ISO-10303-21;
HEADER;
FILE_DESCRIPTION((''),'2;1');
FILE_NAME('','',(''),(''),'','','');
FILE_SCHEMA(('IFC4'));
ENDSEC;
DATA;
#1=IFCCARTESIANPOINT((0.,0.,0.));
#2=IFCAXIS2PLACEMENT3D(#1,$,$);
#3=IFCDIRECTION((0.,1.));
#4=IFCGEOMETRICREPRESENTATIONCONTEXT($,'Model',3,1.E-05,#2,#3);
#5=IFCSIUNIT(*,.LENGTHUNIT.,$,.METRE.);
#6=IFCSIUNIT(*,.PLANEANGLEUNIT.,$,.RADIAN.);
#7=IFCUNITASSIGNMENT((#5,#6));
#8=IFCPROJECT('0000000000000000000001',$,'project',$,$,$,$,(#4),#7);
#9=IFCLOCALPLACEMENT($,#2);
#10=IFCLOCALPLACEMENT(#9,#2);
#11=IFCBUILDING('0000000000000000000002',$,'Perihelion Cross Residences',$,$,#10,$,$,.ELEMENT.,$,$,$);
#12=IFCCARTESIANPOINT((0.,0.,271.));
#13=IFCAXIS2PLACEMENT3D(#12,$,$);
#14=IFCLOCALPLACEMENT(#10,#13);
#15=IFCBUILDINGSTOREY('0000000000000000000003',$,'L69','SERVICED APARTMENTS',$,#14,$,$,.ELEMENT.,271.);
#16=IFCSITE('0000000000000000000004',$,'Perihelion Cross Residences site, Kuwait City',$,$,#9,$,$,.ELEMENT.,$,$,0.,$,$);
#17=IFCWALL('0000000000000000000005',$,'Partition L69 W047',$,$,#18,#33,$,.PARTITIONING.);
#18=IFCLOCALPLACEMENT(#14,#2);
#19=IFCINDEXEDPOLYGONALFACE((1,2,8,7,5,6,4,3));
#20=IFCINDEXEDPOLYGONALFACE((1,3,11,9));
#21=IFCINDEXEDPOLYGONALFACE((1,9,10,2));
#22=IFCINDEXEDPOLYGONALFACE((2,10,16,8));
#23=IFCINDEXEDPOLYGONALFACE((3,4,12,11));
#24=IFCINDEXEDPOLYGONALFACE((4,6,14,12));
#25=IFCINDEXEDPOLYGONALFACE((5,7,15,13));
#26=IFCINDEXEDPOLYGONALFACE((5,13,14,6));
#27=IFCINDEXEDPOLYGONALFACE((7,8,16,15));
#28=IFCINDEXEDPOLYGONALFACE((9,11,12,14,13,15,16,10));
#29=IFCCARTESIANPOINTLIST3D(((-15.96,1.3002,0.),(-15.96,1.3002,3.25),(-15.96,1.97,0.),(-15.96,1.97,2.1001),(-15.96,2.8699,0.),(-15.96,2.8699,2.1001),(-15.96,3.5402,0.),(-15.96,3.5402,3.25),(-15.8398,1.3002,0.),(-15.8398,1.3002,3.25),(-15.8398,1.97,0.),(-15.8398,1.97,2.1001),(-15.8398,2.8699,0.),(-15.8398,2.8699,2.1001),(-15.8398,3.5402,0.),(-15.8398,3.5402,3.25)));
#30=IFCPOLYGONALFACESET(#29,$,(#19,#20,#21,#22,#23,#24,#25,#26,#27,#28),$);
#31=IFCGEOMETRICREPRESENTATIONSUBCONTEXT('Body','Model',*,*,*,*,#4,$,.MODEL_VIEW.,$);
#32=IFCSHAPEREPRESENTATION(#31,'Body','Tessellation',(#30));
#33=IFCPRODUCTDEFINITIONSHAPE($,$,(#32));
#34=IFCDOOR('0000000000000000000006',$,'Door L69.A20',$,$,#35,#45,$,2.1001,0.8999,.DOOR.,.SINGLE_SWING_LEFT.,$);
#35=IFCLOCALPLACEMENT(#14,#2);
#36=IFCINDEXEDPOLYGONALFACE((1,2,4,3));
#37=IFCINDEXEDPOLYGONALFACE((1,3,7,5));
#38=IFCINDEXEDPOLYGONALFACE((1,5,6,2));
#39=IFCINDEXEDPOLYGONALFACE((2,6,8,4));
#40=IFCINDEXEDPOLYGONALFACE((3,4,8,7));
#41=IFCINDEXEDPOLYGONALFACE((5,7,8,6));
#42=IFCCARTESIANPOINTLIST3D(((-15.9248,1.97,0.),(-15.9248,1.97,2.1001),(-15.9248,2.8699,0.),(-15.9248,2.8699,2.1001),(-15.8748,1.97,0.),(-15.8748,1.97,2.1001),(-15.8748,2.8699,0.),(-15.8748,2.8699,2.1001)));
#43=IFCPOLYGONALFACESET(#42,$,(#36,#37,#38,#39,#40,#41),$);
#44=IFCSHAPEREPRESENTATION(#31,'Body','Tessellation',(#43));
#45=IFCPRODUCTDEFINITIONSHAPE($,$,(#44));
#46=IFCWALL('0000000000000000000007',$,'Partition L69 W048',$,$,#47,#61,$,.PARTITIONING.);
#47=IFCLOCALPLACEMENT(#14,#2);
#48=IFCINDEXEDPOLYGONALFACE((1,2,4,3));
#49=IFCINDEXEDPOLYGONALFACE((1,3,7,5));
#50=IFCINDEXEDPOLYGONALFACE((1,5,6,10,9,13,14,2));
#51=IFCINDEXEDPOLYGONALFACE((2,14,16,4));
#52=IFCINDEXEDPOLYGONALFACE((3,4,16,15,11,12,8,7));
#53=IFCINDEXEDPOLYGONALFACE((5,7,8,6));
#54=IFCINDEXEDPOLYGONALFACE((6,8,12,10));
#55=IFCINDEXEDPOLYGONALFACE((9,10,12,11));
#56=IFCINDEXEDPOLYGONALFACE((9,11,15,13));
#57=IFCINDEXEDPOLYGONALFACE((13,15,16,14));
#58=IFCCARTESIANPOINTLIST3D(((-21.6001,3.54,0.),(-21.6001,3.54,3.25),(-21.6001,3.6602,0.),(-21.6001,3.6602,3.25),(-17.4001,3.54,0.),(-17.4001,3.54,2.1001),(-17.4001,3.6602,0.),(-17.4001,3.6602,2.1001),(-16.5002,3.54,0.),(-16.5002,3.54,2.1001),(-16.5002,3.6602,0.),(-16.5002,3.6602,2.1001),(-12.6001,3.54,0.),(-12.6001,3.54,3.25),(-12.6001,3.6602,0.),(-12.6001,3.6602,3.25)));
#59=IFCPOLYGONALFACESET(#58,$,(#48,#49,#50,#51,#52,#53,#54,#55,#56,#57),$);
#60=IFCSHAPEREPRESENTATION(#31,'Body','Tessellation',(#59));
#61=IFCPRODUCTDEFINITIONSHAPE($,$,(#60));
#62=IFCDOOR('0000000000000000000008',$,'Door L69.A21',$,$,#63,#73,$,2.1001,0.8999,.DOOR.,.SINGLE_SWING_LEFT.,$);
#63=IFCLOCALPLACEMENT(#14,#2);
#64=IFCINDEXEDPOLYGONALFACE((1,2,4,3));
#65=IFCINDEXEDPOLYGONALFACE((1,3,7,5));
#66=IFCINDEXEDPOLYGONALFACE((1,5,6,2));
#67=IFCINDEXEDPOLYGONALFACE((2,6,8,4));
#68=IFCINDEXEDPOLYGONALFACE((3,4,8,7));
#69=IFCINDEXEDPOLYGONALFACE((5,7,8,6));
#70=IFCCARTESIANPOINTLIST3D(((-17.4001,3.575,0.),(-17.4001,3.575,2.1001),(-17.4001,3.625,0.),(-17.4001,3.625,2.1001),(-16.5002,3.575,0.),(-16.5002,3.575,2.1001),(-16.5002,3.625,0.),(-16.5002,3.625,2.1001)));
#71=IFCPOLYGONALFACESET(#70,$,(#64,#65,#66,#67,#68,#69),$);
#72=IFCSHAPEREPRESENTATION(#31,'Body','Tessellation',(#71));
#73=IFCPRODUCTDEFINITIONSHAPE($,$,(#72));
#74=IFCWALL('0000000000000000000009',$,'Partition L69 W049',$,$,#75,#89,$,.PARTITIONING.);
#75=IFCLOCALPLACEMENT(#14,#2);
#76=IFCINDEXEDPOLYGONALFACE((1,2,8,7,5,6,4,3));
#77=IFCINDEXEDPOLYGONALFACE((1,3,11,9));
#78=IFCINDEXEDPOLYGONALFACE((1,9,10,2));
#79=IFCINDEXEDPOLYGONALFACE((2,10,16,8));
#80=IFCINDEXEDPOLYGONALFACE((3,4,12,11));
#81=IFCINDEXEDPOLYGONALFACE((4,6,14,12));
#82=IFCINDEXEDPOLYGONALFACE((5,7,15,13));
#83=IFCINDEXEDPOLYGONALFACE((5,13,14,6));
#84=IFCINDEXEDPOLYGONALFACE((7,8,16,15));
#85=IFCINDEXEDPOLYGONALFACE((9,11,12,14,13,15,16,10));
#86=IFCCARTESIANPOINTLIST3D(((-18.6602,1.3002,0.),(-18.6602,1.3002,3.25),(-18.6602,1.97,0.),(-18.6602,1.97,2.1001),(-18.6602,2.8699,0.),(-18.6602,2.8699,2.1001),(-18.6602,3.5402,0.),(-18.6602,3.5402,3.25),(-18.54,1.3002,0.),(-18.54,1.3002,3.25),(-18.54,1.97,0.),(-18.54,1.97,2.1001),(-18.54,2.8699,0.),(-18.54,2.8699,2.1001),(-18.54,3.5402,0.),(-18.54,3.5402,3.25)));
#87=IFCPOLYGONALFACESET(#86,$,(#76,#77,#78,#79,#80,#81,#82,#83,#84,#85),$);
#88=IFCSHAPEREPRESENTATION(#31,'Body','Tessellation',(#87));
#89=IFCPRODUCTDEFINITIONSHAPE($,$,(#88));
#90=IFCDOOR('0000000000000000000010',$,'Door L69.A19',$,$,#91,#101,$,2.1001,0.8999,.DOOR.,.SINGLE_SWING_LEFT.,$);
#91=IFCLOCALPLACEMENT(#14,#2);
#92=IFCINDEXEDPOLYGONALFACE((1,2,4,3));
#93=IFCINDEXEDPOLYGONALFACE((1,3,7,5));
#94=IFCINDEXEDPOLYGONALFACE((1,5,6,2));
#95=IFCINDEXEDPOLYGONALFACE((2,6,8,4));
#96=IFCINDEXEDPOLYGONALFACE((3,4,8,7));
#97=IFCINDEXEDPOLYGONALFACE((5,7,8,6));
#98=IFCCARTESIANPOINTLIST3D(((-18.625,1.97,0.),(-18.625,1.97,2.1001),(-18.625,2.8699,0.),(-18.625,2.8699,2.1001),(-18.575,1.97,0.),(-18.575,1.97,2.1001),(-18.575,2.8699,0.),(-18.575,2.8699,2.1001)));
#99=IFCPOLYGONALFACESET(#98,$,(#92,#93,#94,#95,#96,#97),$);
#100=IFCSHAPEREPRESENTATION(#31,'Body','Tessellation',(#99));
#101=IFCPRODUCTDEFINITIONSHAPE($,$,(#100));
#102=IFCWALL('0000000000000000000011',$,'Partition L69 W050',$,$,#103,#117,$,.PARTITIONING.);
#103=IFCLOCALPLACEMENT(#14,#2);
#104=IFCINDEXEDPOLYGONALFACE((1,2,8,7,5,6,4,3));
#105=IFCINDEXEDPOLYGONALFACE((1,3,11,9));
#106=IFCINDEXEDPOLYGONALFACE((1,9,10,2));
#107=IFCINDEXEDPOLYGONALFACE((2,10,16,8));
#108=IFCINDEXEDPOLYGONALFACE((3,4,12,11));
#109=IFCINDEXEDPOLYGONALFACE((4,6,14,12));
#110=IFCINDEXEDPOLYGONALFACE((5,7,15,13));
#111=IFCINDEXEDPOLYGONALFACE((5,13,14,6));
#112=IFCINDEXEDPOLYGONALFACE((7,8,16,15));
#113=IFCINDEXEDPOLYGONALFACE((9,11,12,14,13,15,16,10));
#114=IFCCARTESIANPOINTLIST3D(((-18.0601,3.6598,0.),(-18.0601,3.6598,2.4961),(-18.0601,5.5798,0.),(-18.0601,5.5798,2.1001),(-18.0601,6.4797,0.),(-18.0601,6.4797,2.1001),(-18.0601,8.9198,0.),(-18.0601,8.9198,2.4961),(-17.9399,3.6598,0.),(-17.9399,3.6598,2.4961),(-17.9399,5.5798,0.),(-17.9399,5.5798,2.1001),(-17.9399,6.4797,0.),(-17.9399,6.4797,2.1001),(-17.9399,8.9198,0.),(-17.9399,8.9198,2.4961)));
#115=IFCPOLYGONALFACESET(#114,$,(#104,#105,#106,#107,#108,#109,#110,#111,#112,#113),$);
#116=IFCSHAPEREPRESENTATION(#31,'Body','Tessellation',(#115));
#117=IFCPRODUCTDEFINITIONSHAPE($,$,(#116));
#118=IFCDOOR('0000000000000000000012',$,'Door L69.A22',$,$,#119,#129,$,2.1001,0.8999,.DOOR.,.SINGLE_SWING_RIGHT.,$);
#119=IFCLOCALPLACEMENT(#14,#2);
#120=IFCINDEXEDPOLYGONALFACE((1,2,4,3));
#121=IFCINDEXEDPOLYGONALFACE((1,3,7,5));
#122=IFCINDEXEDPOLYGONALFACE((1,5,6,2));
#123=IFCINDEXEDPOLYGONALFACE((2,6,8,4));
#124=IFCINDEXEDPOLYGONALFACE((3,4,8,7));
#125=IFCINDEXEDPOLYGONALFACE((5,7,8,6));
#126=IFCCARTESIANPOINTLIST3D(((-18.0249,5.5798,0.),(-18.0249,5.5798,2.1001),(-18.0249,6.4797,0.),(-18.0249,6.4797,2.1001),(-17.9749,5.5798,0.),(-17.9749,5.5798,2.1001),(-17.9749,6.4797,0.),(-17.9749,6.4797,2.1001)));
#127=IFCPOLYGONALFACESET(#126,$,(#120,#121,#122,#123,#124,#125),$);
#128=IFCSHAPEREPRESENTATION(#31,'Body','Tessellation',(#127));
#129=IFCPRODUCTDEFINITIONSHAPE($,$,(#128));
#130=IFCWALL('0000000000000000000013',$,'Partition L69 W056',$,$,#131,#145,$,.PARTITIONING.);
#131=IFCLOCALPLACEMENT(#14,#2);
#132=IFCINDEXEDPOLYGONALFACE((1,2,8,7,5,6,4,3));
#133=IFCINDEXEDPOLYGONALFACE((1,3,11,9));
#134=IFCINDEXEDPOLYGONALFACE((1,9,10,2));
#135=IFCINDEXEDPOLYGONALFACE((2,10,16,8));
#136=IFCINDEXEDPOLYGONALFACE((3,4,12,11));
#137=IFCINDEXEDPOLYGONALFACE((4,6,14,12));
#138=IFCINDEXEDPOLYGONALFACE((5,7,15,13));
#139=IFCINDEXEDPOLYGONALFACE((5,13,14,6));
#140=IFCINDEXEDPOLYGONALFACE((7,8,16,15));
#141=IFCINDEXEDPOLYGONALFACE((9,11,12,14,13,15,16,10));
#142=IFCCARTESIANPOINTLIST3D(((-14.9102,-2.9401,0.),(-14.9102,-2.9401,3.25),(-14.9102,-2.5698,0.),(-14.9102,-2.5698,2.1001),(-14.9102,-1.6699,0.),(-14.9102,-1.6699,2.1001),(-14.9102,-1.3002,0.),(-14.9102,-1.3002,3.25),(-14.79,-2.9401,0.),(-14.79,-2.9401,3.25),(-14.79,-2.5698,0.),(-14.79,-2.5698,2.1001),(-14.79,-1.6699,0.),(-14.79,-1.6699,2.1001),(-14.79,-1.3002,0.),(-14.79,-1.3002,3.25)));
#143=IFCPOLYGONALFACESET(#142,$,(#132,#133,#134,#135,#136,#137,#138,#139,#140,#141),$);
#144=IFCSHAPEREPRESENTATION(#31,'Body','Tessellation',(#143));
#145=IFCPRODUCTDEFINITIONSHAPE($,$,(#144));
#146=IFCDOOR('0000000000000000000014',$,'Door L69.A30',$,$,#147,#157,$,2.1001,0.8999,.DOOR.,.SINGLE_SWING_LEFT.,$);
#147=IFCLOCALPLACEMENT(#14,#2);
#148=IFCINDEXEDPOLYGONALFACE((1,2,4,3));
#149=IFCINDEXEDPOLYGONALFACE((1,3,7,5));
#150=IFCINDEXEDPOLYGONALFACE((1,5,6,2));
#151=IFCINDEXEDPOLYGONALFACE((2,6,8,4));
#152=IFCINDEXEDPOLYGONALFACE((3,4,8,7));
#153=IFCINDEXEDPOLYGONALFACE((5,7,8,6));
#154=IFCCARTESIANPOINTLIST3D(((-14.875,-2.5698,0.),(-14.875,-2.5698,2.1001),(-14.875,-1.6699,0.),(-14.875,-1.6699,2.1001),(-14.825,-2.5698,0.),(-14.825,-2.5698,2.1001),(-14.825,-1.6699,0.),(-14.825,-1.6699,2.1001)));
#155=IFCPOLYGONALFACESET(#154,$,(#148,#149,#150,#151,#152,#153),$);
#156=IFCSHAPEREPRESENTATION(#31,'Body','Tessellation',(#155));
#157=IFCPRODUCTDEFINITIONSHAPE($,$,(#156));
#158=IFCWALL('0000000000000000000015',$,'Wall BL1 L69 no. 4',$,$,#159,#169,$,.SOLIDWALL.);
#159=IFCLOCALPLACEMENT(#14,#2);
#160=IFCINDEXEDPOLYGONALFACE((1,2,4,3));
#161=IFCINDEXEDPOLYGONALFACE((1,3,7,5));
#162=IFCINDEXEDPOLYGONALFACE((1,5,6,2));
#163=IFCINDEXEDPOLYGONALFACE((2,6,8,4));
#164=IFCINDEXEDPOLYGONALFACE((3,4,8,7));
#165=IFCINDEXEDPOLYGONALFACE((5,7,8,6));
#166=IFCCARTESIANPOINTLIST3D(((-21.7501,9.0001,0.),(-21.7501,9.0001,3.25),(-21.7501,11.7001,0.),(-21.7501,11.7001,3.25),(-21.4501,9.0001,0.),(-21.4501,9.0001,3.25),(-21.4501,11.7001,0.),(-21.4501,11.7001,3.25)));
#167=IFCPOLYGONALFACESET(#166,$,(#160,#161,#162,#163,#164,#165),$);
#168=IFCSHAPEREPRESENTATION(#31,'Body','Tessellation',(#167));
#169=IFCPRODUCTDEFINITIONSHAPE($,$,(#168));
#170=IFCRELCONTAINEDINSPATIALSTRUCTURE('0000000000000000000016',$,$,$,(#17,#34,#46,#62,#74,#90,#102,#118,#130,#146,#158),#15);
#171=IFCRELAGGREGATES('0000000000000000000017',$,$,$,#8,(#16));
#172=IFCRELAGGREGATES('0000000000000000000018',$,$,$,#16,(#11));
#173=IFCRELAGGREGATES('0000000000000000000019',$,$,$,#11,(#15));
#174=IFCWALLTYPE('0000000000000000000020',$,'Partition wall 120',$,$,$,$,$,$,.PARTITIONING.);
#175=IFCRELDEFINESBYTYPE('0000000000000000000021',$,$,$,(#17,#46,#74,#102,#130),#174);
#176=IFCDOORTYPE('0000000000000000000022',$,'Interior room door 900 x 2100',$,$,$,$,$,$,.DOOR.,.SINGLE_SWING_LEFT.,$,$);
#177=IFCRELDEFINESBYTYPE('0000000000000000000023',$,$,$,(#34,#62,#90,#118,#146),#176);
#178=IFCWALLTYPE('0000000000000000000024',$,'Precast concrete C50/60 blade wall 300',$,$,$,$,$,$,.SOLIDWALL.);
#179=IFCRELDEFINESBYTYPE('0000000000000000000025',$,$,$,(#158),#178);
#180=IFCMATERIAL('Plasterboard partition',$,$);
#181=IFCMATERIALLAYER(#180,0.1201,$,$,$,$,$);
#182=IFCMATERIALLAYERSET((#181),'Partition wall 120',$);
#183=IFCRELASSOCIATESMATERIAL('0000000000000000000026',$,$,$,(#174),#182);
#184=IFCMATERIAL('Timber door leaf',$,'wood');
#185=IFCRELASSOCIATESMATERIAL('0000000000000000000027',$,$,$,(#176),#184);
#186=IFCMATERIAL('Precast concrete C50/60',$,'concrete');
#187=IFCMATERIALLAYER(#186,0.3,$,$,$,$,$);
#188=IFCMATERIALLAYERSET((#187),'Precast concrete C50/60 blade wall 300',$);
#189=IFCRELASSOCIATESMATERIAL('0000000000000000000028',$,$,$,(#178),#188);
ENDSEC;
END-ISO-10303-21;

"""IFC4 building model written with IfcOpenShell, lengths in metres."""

from ifc_helpers import new_model, si_unit, direction, frame, frame_2d, origin, place, context, subcontext, project, spatial, rectangle, extrude, material, layer, layer_set, type_object, element, fill, save


model = new_model("IFC4")

# Units and contexts
model_context = context("Model", 3, precision=1e-05, world=origin(), true_north=direction((0.0, 1.0)))
body_context = subcontext(model_context, "Body", "Model", "MODEL_VIEW")
ifc_project = project(units=[si_unit("LENGTHUNIT", "METRE"), si_unit("PLANEANGLEUNIT", "RADIAN")], contexts=[model_context])

# Site, building, storey
site_placement = place(None, origin())
site = spatial("IfcSite", under=ifc_project, at=site_placement, Name="Perihelion Cross Residences site, Kuwait City", CompositionType="ELEMENT", RefElevation=0.0)
building_placement = place(site_placement, origin())
building = spatial("IfcBuilding", under=site, at=building_placement, Name="Perihelion Cross Residences", CompositionType="ELEMENT")
storey_placement = place(building_placement, frame((0.0, 0.0, 271.0)))
storey = spatial("IfcBuildingStorey", under=building, at=storey_placement, Name="L69", Description="SERVICED APARTMENTS", CompositionType="ELEMENT", Elevation=271.0)

# Walls, openings, doors
ifc_material_1 = material(Name="Plasterboard partition")
ifc_layer_1 = layer(ifc_material_1, 0.1201)
ifc_layer_set_1 = layer_set([ifc_layer_1], Name="Partition wall 120")
wall_type_1 = type_object("IfcWallType", Name="Partition wall 120", PredefinedType="PARTITIONING", material=ifc_layer_set_1)
wall_1_placement = place(storey_placement, frame((-15.8999, 1.3, 0.0), z_axis=(0.0, 0.0, 1.0), x_axis=(0.0, 1.0, 0.0)))
wall_1 = element("IfcWall", 1, at=wall_1_placement, inside=storey, type_object=wall_type_1, Name="Partition L69 W047", PredefinedType="PARTITIONING", context=body_context, shape_type="SweptSolid", body=[
    extrude(rectangle(XDim=2.24, YDim=0.1201, at=frame_2d((1.1201, 0.0))), origin(), (0.0, 0.0, 1.0), 3.25),
])
opening_1_placement = place(wall_1_placement, frame((0.6699, 0.0, 0.0)))
opening_1 = element("IfcOpeningElement", 2, at=opening_1_placement, cuts=wall_1, PredefinedType="OPENING", context=body_context, shape_type="SweptSolid", body=[
    extrude(rectangle(XDim=0.8999, YDim=2.1001, at=frame_2d((0.45, 1.05))), frame((0.0, 0.0701, 0.0), z_axis=(0.0, -1.0, 0.0), x_axis=(1.0, 0.0, 0.0)), (0.0, 0.0, 1.0), 0.1401),
])
ifc_material_2 = material(Name="Timber door leaf", Category="wood")
door_type_1 = type_object("IfcDoorType", Name="Interior room door 900 x 2100", OperationType="SINGLE_SWING_LEFT", PredefinedType="DOOR", material=ifc_material_2)
door_1_placement = place(opening_1_placement, origin())
door_1 = element("IfcDoor", 3, at=door_1_placement, inside=storey, type_object=door_type_1, Name="Door L69.A20", OperationType="SINGLE_SWING_LEFT", OverallHeight=2.1001, OverallWidth=0.8999, PredefinedType="DOOR", context=body_context, shape_type="SweptSolid", body=[
    extrude(rectangle(XDim=0.8999, YDim=2.1001, at=frame_2d((0.45, 1.05))), frame((0.0, 0.0249, 0.0), z_axis=(0.0, -1.0, 0.0), x_axis=(1.0, 0.0, 0.0)), (0.0, 0.0, 1.0), 0.05),
])
fill(opening_1, door_1)
wall_2_placement = place(storey_placement, frame((-21.6001, 3.6001, 0.0), z_axis=(0.0, 0.0, 1.0), x_axis=(1.0, 0.0, 0.0)))
wall_2 = element("IfcWall", 4, at=wall_2_placement, inside=storey, type_object=wall_type_1, Name="Partition L69 W048", PredefinedType="PARTITIONING", context=body_context, shape_type="SweptSolid", body=[
    extrude(rectangle(XDim=9.0, YDim=0.1201, at=frame_2d((4.5, 0.0))), origin(), (0.0, 0.0, 1.0), 3.25),
])
opening_2_placement = place(wall_2_placement, frame((4.2, 0.0, 0.0)))
opening_2 = element("IfcOpeningElement", 5, at=opening_2_placement, cuts=wall_2, PredefinedType="OPENING", context=body_context, shape_type="SweptSolid", body=[
    extrude(rectangle(XDim=0.8999, YDim=2.1001, at=frame_2d((0.45, 1.05))), frame((0.0, 0.0701, 0.0), z_axis=(0.0, -1.0, 0.0), x_axis=(1.0, 0.0, 0.0)), (0.0, 0.0, 1.0), 0.1401),
])
door_2_placement = place(opening_2_placement, origin())
door_2 = element("IfcDoor", 6, at=door_2_placement, inside=storey, type_object=door_type_1, Name="Door L69.A21", OperationType="SINGLE_SWING_LEFT", OverallHeight=2.1001, OverallWidth=0.8999, PredefinedType="DOOR", context=body_context, shape_type="SweptSolid", body=[
    extrude(rectangle(XDim=0.8999, YDim=2.1001, at=frame_2d((0.45, 1.05))), frame((0.0, 0.0249, 0.0), z_axis=(0.0, -1.0, 0.0), x_axis=(1.0, 0.0, 0.0)), (0.0, 0.0, 1.0), 0.05),
])
fill(opening_2, door_2)
wall_3_placement = place(storey_placement, frame((-18.6001, 1.3, 0.0), z_axis=(0.0, 0.0, 1.0), x_axis=(0.0, 1.0, 0.0)))
wall_3 = element("IfcWall", 7, at=wall_3_placement, inside=storey, type_object=wall_type_1, Name="Partition L69 W049", PredefinedType="PARTITIONING", context=body_context, shape_type="SweptSolid", body=[
    extrude(rectangle(XDim=2.24, YDim=0.1201, at=frame_2d((1.1201, 0.0))), origin(), (0.0, 0.0, 1.0), 3.25),
])
opening_3_placement = place(wall_3_placement, frame((0.6699, 0.0, 0.0)))
opening_3 = element("IfcOpeningElement", 8, at=opening_3_placement, cuts=wall_3, PredefinedType="OPENING", context=body_context, shape_type="SweptSolid", body=[
    extrude(rectangle(XDim=0.8999, YDim=2.1001, at=frame_2d((0.45, 1.05))), frame((0.0, 0.0701, 0.0), z_axis=(0.0, -1.0, 0.0), x_axis=(1.0, 0.0, 0.0)), (0.0, 0.0, 1.0), 0.1401),
])
door_3_placement = place(opening_3_placement, origin())
door_3 = element("IfcDoor", 9, at=door_3_placement, inside=storey, type_object=door_type_1, Name="Door L69.A19", OperationType="SINGLE_SWING_LEFT", OverallHeight=2.1001, OverallWidth=0.8999, PredefinedType="DOOR", context=body_context, shape_type="SweptSolid", body=[
    extrude(rectangle(XDim=0.8999, YDim=2.1001, at=frame_2d((0.45, 1.05))), frame((0.0, 0.0249, 0.0), z_axis=(0.0, -1.0, 0.0), x_axis=(1.0, 0.0, 0.0)), (0.0, 0.0, 1.0), 0.05),
])
fill(opening_3, door_3)
wall_4_placement = place(storey_placement, frame((-18.0, 3.6599, 0.0), z_axis=(0.0, 0.0, 1.0), x_axis=(0.0, 1.0, 0.0)))
wall_4 = element("IfcWall", 10, at=wall_4_placement, inside=storey, type_object=wall_type_1, Name="Partition L69 W050", PredefinedType="PARTITIONING", context=body_context, shape_type="SweptSolid", body=[
    extrude(rectangle(XDim=5.26, YDim=0.1201, at=frame_2d((2.6299, 0.0))), origin(), (0.0, 0.0, 1.0), 2.4961),
])
opening_4_placement = place(wall_4_placement, frame((1.9199, 0.0, 0.0)))
opening_4 = element("IfcOpeningElement", 11, at=opening_4_placement, cuts=wall_4, PredefinedType="OPENING", context=body_context, shape_type="SweptSolid", body=[
    extrude(rectangle(XDim=0.8999, YDim=2.1001, at=frame_2d((0.45, 1.05))), frame((0.0, 0.0701, 0.0), z_axis=(0.0, -1.0, 0.0), x_axis=(1.0, 0.0, 0.0)), (0.0, 0.0, 1.0), 0.1401),
])
door_4_placement = place(opening_4_placement, origin())
door_4 = element("IfcDoor", 12, at=door_4_placement, inside=storey, type_object=door_type_1, Name="Door L69.A22", OperationType="SINGLE_SWING_RIGHT", OverallHeight=2.1001, OverallWidth=0.8999, PredefinedType="DOOR", context=body_context, shape_type="SweptSolid", body=[
    extrude(rectangle(XDim=0.8999, YDim=2.1001, at=frame_2d((0.45, 1.05))), frame((0.0, 0.0249, 0.0), z_axis=(0.0, -1.0, 0.0), x_axis=(1.0, 0.0, 0.0)), (0.0, 0.0, 1.0), 0.05),
])
fill(opening_4, door_4)
wall_5_placement = place(storey_placement, frame((-14.8501, -2.9399, 0.0), z_axis=(0.0, 0.0, 1.0), x_axis=(0.0, 1.0, 0.0)))
wall_5 = element("IfcWall", 13, at=wall_5_placement, inside=storey, type_object=wall_type_1, Name="Partition L69 W056", PredefinedType="PARTITIONING", context=body_context, shape_type="SweptSolid", body=[
    extrude(rectangle(XDim=1.6399, YDim=0.1201, at=frame_2d((0.8198, 0.0))), origin(), (0.0, 0.0, 1.0), 3.25),
])
opening_5_placement = place(wall_5_placement, frame((0.3701, 0.0, 0.0)))
opening_5 = element("IfcOpeningElement", 14, at=opening_5_placement, cuts=wall_5, PredefinedType="OPENING", context=body_context, shape_type="SweptSolid", body=[
    extrude(rectangle(XDim=0.8999, YDim=2.1001, at=frame_2d((0.45, 1.05))), frame((0.0, 0.0701, 0.0), z_axis=(0.0, -1.0, 0.0), x_axis=(1.0, 0.0, 0.0)), (0.0, 0.0, 1.0), 0.1401),
])
door_5_placement = place(opening_5_placement, origin())
door_5 = element("IfcDoor", 15, at=door_5_placement, inside=storey, type_object=door_type_1, Name="Door L69.A30", OperationType="SINGLE_SWING_LEFT", OverallHeight=2.1001, OverallWidth=0.8999, PredefinedType="DOOR", context=body_context, shape_type="SweptSolid", body=[
    extrude(rectangle(XDim=0.8999, YDim=2.1001, at=frame_2d((0.45, 1.05))), frame((0.0, 0.0249, 0.0), z_axis=(0.0, -1.0, 0.0), x_axis=(1.0, 0.0, 0.0)), (0.0, 0.0, 1.0), 0.05),
])
fill(opening_5, door_5)

# Wall
ifc_material_3 = material(Name="Precast concrete C50/60", Category="concrete")
ifc_layer_2 = layer(ifc_material_3, 0.3)
ifc_layer_set_2 = layer_set([ifc_layer_2], Name="Precast concrete C50/60 blade wall 300")
wall_type_2 = type_object("IfcWallType", Name="Precast concrete C50/60 blade wall 300", PredefinedType="SOLIDWALL", material=ifc_layer_set_2)
for number, where, z_axis, x_axis, name in (
    (16, (-21.6001, 9.0, 0.0), (0.0, 0.0, 1.0), (0.0, 1.0, 0.0), "Wall BL1 L69 no. 4"),
):
    element("IfcWall", number, at=place(storey_placement, frame(where, z_axis=z_axis, x_axis=x_axis)), inside=storey, type_object=wall_type_2, Name=name, PredefinedType="SOLIDWALL", context=body_context, shape_type="SweptSolid", body=[
        extrude(rectangle(XDim=2.7, YDim=0.3, at=frame_2d((1.3501, 0.0))), origin(), (0.0, 0.0, 1.0), 3.25),
    ])

save(model, "model.ifc")
